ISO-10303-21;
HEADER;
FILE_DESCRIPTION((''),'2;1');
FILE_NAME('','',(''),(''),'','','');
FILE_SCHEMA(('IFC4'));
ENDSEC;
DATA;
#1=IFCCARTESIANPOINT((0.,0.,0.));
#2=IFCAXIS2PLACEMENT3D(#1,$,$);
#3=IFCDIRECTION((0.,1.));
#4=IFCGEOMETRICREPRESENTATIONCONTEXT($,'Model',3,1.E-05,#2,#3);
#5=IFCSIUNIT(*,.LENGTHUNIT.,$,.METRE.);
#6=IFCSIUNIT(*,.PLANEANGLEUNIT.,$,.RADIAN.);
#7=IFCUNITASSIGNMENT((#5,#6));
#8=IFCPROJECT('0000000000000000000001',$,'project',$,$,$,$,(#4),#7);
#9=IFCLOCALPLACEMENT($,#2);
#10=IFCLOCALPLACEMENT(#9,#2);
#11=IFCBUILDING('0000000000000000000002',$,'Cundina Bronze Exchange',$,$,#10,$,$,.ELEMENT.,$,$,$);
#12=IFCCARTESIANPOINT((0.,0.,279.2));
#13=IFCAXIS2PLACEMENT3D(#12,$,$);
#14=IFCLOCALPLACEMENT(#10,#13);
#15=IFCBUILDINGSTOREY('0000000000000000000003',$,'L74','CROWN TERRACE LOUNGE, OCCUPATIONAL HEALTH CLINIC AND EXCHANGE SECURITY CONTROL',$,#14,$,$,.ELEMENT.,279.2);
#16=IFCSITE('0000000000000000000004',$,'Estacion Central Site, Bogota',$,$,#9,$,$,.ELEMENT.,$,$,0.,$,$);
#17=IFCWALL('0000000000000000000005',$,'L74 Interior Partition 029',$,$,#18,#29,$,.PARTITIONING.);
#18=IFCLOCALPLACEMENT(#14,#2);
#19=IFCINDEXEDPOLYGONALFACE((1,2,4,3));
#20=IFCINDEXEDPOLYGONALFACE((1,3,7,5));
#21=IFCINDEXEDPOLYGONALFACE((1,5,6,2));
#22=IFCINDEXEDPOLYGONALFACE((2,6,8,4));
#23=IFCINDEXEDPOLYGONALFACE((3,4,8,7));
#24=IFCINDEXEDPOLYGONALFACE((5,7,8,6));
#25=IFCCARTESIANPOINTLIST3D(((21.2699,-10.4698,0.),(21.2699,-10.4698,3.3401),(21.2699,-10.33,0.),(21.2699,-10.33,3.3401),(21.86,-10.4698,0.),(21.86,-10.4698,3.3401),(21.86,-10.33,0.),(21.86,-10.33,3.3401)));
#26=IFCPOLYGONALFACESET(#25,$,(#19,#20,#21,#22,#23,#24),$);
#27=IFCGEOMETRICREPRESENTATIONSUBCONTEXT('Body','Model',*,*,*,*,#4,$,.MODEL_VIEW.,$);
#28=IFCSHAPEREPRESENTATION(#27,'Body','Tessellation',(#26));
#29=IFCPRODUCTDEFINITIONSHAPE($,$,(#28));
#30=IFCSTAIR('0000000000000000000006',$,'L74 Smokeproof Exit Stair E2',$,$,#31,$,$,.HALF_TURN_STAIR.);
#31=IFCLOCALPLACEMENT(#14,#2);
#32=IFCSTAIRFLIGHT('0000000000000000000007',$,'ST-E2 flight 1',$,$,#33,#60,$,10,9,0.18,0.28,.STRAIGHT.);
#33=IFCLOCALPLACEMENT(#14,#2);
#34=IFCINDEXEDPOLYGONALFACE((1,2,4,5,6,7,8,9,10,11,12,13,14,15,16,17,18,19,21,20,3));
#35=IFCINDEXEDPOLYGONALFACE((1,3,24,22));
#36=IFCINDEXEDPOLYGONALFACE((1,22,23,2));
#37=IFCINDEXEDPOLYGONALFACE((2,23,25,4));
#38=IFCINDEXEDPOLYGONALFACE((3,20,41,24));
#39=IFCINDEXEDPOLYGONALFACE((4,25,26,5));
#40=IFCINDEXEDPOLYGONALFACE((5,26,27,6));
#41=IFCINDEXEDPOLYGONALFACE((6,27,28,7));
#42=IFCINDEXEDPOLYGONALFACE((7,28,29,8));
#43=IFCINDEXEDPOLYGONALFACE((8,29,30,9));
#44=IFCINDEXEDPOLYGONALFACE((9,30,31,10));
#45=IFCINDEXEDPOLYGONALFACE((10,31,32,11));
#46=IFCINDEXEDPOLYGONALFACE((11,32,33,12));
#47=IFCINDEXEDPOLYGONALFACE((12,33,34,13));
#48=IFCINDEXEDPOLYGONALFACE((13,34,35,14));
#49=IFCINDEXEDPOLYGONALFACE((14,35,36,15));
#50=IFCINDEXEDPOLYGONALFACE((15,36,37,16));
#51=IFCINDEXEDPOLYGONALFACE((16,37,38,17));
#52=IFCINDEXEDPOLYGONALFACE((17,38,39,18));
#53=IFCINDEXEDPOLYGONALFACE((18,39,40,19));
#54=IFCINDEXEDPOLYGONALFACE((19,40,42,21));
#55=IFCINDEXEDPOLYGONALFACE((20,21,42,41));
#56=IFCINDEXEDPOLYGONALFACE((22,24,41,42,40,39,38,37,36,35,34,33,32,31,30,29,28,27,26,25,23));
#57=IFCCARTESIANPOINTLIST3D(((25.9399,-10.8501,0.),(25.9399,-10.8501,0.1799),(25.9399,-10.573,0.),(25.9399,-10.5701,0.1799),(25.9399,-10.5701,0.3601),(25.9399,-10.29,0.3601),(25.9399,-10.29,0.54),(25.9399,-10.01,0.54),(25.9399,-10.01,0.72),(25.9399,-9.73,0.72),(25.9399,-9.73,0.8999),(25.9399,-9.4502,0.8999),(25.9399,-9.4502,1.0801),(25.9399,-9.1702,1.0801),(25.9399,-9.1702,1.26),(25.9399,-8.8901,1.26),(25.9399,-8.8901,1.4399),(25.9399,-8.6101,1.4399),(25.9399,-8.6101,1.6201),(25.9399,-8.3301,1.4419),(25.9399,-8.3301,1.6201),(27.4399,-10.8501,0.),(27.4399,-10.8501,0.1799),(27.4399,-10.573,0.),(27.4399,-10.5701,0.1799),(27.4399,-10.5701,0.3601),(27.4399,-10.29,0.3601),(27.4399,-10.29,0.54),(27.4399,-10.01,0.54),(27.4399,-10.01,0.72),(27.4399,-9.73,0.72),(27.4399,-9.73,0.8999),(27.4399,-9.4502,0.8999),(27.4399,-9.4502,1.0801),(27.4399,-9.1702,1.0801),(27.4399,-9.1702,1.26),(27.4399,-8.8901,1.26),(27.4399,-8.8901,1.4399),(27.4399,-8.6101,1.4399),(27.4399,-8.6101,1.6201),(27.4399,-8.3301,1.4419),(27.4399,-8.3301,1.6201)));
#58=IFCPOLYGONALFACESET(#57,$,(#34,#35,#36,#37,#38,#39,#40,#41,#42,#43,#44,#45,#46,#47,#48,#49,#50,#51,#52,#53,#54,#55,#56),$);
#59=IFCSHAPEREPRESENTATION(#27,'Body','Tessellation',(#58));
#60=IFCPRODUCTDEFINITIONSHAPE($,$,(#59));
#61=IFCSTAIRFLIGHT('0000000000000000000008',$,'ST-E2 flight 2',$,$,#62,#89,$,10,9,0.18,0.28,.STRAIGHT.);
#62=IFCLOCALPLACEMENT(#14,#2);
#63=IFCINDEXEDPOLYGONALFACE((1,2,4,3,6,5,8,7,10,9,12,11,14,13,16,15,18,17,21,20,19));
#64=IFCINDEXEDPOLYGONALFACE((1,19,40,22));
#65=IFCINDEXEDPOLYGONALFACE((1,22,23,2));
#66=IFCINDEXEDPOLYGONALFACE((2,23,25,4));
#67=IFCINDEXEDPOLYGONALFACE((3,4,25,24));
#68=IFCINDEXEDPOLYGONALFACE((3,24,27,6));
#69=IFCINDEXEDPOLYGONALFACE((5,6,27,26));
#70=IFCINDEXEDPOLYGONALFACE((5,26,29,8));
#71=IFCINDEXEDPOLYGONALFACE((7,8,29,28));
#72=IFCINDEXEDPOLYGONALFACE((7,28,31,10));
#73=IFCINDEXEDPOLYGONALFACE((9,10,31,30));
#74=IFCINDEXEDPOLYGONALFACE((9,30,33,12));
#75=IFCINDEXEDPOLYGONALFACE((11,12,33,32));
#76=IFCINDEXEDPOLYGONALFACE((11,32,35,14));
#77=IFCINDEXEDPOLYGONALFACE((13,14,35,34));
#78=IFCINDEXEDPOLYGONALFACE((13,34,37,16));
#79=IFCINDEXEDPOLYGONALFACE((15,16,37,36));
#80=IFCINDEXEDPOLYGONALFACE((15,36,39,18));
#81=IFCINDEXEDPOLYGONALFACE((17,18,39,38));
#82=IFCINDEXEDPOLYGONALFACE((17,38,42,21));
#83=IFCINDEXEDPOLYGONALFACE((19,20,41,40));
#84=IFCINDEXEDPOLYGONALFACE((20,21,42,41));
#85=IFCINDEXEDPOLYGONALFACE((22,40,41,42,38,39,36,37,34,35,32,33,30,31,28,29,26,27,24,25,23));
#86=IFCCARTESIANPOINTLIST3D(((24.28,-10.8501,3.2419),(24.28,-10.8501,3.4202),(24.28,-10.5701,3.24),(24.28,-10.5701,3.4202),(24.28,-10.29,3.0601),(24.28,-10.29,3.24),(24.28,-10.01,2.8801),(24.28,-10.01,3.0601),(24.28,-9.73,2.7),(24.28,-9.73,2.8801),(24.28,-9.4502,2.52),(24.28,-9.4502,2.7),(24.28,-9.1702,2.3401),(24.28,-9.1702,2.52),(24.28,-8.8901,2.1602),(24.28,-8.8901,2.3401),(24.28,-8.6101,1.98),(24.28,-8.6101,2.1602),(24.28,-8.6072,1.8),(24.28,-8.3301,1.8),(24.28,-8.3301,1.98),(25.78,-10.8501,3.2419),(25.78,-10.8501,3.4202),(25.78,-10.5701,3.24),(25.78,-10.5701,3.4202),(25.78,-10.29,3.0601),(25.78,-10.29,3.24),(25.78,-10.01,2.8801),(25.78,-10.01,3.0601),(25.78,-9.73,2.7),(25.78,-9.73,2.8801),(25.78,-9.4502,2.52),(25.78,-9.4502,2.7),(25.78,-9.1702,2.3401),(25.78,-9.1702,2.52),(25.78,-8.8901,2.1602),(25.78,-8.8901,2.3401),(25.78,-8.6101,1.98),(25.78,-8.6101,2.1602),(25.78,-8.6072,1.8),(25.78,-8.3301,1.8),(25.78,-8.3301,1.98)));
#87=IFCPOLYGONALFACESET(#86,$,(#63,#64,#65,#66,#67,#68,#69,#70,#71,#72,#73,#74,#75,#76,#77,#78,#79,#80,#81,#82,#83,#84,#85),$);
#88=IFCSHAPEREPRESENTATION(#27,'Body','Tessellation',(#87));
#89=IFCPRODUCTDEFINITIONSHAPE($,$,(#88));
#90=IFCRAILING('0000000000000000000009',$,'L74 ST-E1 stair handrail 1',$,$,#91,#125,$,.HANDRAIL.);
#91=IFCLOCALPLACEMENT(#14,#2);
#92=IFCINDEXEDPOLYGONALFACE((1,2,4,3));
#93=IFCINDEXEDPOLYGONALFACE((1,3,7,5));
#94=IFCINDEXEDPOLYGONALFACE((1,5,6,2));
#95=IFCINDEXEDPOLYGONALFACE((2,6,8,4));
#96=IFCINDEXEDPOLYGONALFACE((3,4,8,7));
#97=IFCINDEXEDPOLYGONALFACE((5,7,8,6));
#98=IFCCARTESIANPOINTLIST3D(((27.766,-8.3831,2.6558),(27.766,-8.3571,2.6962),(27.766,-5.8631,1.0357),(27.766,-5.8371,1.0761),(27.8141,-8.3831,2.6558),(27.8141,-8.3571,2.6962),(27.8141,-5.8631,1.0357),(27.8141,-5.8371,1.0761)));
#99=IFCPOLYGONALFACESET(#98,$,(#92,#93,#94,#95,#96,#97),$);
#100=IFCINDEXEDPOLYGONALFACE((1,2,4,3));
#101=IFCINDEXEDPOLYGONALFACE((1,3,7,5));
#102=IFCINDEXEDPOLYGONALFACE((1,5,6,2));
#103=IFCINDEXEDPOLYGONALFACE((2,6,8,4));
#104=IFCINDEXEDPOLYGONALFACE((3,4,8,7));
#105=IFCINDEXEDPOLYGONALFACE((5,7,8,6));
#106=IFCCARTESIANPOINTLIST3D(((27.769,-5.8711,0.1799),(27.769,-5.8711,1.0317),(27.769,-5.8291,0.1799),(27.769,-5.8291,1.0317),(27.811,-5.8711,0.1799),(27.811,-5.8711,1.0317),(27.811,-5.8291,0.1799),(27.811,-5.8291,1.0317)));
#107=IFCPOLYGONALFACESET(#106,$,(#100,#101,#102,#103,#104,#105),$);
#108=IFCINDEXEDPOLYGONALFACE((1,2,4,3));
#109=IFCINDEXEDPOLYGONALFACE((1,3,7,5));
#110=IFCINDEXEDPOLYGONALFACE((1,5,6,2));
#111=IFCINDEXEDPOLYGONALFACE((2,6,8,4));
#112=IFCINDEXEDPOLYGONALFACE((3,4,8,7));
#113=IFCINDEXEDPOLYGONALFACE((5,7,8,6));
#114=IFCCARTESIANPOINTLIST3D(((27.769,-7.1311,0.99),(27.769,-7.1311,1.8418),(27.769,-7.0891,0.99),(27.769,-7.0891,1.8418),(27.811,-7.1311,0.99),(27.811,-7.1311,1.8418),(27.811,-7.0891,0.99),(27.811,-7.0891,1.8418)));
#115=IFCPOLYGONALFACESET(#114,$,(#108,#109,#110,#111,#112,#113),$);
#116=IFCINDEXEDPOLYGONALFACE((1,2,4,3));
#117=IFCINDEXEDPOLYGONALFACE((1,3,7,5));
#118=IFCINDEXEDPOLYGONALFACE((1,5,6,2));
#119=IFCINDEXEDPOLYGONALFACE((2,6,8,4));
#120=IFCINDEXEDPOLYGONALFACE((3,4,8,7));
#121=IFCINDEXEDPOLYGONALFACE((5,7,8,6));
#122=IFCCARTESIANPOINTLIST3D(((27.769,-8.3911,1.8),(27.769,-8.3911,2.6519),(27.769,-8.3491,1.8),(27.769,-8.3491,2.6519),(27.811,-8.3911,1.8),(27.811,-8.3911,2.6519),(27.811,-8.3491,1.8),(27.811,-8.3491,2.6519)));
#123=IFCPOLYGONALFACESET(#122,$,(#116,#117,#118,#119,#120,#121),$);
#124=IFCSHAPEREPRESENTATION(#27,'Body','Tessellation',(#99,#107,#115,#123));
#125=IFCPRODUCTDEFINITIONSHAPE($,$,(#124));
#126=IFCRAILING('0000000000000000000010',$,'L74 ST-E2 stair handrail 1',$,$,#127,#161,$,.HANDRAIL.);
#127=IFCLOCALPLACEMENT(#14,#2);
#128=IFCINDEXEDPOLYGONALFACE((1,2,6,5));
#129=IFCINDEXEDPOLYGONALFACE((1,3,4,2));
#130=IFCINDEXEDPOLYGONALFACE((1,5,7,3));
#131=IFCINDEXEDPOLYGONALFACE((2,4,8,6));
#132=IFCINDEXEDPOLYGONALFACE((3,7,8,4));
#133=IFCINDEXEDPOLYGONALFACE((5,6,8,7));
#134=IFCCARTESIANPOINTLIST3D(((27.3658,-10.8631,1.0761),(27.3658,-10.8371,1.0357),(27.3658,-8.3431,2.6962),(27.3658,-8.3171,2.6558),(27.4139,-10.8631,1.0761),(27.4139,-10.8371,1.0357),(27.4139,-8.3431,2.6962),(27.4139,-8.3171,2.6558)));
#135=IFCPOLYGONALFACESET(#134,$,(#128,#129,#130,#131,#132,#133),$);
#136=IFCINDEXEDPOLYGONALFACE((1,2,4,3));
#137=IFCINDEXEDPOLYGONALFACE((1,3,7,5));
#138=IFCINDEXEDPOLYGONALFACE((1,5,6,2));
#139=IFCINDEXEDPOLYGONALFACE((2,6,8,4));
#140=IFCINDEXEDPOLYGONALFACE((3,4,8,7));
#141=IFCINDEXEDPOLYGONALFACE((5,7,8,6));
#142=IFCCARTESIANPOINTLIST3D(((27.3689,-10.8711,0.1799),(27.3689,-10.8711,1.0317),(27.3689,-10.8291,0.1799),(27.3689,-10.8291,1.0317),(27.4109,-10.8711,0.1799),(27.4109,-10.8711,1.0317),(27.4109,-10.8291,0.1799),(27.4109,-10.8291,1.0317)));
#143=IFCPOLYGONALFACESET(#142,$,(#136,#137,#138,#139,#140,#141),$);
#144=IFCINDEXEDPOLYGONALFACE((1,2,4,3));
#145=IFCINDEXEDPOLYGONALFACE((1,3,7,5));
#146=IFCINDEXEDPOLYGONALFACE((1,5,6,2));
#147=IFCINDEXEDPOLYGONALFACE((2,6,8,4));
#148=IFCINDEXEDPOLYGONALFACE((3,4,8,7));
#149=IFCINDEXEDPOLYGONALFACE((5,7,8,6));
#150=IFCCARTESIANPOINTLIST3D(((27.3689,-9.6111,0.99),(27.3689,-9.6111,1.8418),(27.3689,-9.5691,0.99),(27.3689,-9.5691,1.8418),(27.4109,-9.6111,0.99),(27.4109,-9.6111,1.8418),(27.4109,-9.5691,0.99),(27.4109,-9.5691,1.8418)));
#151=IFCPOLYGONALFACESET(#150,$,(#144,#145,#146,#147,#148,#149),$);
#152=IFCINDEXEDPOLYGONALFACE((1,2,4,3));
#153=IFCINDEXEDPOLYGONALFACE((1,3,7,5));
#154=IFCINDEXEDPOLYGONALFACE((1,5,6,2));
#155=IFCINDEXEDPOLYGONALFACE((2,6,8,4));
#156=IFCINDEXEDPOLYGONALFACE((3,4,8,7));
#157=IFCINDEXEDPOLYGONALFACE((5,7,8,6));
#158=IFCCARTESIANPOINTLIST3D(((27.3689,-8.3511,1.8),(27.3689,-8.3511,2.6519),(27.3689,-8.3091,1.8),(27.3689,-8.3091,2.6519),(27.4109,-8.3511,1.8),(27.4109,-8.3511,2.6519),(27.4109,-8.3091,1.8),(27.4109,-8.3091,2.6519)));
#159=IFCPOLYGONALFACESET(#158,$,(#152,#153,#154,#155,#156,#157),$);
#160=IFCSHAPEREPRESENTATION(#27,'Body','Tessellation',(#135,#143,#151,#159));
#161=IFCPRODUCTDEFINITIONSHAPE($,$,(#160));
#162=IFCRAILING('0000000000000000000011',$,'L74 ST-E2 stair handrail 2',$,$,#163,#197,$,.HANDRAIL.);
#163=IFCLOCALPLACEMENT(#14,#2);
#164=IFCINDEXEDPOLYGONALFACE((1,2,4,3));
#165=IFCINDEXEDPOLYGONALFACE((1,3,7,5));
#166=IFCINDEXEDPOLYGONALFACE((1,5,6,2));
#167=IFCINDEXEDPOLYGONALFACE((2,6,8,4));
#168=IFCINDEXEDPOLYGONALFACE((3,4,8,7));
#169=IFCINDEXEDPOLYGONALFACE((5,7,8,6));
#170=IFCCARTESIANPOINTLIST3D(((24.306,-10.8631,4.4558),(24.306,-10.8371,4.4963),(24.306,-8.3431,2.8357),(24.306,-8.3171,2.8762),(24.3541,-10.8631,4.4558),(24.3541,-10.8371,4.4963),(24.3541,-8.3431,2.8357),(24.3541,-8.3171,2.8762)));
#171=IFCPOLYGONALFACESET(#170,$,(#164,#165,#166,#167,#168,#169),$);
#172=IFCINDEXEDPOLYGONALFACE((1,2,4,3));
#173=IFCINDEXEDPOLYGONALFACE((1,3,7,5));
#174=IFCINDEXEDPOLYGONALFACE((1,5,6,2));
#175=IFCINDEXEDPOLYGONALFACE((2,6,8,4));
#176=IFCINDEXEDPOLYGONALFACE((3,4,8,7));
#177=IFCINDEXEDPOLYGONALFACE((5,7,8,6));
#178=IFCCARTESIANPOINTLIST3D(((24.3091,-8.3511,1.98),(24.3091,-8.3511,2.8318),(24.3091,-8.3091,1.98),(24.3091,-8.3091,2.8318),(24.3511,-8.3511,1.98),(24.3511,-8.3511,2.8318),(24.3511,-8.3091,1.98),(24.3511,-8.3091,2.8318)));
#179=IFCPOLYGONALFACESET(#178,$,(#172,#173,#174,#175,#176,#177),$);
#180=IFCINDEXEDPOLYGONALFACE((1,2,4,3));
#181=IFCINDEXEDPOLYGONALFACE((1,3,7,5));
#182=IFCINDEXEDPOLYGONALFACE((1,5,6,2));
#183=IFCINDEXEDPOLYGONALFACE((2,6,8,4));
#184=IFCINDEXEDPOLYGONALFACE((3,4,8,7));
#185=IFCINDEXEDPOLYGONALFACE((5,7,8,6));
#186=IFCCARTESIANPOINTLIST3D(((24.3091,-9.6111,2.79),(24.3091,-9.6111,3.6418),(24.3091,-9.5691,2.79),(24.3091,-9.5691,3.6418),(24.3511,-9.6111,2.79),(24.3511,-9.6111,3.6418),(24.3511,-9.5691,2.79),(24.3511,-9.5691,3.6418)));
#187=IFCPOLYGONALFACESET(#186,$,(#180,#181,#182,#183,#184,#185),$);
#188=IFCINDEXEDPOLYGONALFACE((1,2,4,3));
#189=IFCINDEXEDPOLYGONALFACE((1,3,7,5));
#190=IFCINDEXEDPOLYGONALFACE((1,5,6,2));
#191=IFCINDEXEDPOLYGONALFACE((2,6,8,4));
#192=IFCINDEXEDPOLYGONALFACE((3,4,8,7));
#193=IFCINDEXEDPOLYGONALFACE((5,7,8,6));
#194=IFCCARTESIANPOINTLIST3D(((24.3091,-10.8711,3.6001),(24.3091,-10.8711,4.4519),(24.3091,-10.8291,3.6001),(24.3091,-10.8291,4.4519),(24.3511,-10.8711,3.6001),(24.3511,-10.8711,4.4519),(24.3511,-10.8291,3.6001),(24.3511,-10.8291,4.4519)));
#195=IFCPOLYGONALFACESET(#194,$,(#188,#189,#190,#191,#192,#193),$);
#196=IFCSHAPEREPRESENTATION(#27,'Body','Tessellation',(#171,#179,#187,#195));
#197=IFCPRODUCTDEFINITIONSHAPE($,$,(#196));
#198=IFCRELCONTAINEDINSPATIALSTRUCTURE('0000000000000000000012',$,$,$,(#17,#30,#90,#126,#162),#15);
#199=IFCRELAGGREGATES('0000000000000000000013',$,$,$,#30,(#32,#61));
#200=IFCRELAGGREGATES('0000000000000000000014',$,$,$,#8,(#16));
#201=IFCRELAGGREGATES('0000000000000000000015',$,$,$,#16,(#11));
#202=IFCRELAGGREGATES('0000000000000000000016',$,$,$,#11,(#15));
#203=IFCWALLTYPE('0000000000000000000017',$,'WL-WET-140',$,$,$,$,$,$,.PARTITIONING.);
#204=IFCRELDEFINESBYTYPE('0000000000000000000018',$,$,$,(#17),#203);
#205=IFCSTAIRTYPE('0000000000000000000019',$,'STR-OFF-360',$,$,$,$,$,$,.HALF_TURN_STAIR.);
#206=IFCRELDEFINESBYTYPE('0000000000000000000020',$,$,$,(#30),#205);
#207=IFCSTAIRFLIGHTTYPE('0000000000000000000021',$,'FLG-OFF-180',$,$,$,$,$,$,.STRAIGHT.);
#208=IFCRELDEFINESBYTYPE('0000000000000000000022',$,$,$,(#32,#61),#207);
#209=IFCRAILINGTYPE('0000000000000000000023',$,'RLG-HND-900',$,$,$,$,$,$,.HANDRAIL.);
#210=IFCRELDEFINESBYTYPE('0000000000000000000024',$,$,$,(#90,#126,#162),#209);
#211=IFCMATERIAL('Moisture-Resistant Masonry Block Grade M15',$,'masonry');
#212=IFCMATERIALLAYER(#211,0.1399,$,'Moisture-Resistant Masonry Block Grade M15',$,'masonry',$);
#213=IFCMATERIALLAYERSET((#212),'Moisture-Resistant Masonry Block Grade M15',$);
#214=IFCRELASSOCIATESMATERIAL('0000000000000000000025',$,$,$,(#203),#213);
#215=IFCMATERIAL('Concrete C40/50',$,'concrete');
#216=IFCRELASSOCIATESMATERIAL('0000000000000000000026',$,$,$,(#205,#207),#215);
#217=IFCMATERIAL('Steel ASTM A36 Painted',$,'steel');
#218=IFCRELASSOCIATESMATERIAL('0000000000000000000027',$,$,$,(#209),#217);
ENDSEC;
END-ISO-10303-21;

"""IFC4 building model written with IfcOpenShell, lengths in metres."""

from ifc_helpers import new_model, si_unit, direction, frame, frame_2d, origin, origin_2d, place, context, subcontext, project, spatial, polyline, rectangle, outline, extrude, material, layer, layer_set, type_object, element, aggregate, save


model = new_model("IFC4")

# Units and contexts
model_context = context("Model", 3, precision=1e-05, world=origin(), true_north=direction((0.0, 1.0)))
body_context = subcontext(model_context, "Body", "Model", "MODEL_VIEW")
ifc_project = project(units=[si_unit("LENGTHUNIT", "METRE"), si_unit("PLANEANGLEUNIT", "RADIAN")], contexts=[model_context])

# Site, building, storey
site_placement = place(None, origin())
site = spatial("IfcSite", under=ifc_project, at=site_placement, Name="Estacion Central Site, Bogota", CompositionType="ELEMENT", RefElevation=0.0)
building_placement = place(site_placement, origin())
building = spatial("IfcBuilding", under=site, at=building_placement, Name="Cundina Bronze Exchange", CompositionType="ELEMENT")
storey_placement = place(building_placement, frame((0.0, 0.0, 279.2)))
storey = spatial("IfcBuildingStorey", under=building, at=storey_placement, Name="L74", Description="CROWN TERRACE LOUNGE, OCCUPATIONAL HEALTH CLINIC AND EXCHANGE SECURITY CONTROL", CompositionType="ELEMENT", Elevation=279.2)

# Shared definitions
ifc_material_1 = material(Name="Steel ASTM A36 Painted", Category="steel")

# Wall
ifc_material_2 = material(Name="Moisture-Resistant Masonry Block Grade M15", Category="masonry")
ifc_layer_1 = layer(ifc_material_2, 0.1399, Name="Moisture-Resistant Masonry Block Grade M15", Category="masonry")
ifc_layer_set_1 = layer_set([ifc_layer_1], Name="Moisture-Resistant Masonry Block Grade M15")
wall_type_1 = type_object("IfcWallType", Name="WL-WET-140", PredefinedType="PARTITIONING", material=ifc_layer_set_1)
wall_1_placement = place(storey_placement, frame((21.27, -10.3999, 0.0), z_axis=(0.0, 0.0, 1.0), x_axis=(1.0, 0.0, 0.0)))
element("IfcWall", 1, at=wall_1_placement, inside=storey, type_object=wall_type_1, Name="L74 Interior Partition 029", PredefinedType="PARTITIONING", context=body_context, shape_type="SweptSolid", body=[
    extrude(rectangle(XDim=0.5901, YDim=0.1399, at=frame_2d((0.2949, 0.0))), origin(), (0.0, 0.0, 1.0), 3.3401),
])

# Stair, stair flights
ifc_material_3 = material(Name="Concrete C40/50", Category="concrete")
stair_type = type_object("IfcStairType", Name="STR-OFF-360", PredefinedType="HALF_TURN_STAIR", material=ifc_material_3)
stair_placement = place(storey_placement, origin())
stair = element("IfcStair", 2, at=stair_placement, inside=storey, type_object=stair_type, Name="L74 Smokeproof Exit Stair E2", PredefinedType="HALF_TURN_STAIR")
stair_flight_type = type_object("IfcStairFlightType", Name="FLG-OFF-180", PredefinedType="STRAIGHT", material=ifc_material_3)
stair_flight_1_placement = place(storey_placement, frame((26.6899, -10.8501, 0.0), z_axis=(0.0, 0.0, 1.0), x_axis=(0.0, 1.0, 0.0)))
stair_flight_1 = element("IfcStairFlight", 3, at=stair_flight_1_placement, type_object=stair_flight_type, Name="ST-E2 flight 1", NumberOfRisers=10, NumberOfTreads=9, PredefinedType="STRAIGHT", RiserHeight=0.18, TreadLength=0.28, context=body_context, shape_type="SweptSolid", body=[
    extrude(outline(polyline([(0.0, 0.0), (0.0, 0.1799), (0.28, 0.1799), (0.28, 0.3601), (0.5601, 0.3601), (0.5601, 0.54), (0.8401, 0.54), (0.8401, 0.72), (1.1201, 0.72), (1.1201, 0.8999), (1.3999, 0.8999), (1.3999, 1.0801), (1.6799, 1.0801), (1.6799, 1.26), (1.96, 1.26), (1.96, 1.4399), (2.24, 1.4399), (2.24, 1.6201), (2.52, 1.6201), (2.52, 1.8), (2.52, 1.4419), (0.2771, 0.0), (0.0, 0.0)])), frame((0.0, 0.75, 0.0), z_axis=(0.0, -1.0, 0.0), x_axis=(1.0, 0.0, 0.0)), (0.0, 0.0, 1.0), 1.5),
])
stair_flight_2_placement = place(storey_placement, frame((25.03, -8.3301, 1.8), z_axis=(0.0, 0.0, 1.0), x_axis=(0.0, -1.0, 0.0)))
stair_flight_2 = element("IfcStairFlight", 4, at=stair_flight_2_placement, type_object=stair_flight_type, Name="ST-E2 flight 2", NumberOfRisers=10, NumberOfTreads=9, PredefinedType="STRAIGHT", RiserHeight=0.18, TreadLength=0.28, context=body_context, shape_type="SweptSolid", body=[
    extrude(outline(polyline([(0.0, 0.0), (0.0, 0.1799), (0.28, 0.1799), (0.28, 0.3601), (0.5601, 0.3601), (0.5601, 0.54), (0.8401, 0.54), (0.8401, 0.72), (1.1201, 0.72), (1.1201, 0.8999), (1.3999, 0.8999), (1.3999, 1.0801), (1.6799, 1.0801), (1.6799, 1.26), (1.96, 1.26), (1.96, 1.4399), (2.24, 1.4399), (2.24, 1.6201), (2.52, 1.6201), (2.52, 1.8), (2.52, 1.4419), (0.2771, 0.0), (0.0, 0.0)])), frame((0.0, 0.75, 0.0), z_axis=(0.0, -1.0, 0.0), x_axis=(1.0, 0.0, 0.0)), (0.0, 0.0, 1.0), 1.5),
])
aggregate(stair, [stair_flight_1, stair_flight_2])

# Railings
railing_type_1 = type_object("IfcRailingType", Name="RLG-HND-900", PredefinedType="HANDRAIL", material=ifc_material_1)
railing_1_placement = place(storey_placement, frame((27.79, -5.8501, 0.1799)))
element("IfcRailing", 5, at=railing_1_placement, inside=storey, type_object=railing_type_1, Name="L74 ST-E1 stair handrail 1", PredefinedType="HANDRAIL", context=body_context, shape_type="SweptSolid", body=[
    extrude(rectangle(XDim=0.0481, YDim=0.0481, at=origin_2d()), frame((0.0, 0.0, 0.876), z_axis=(0.0, -0.841163, 0.540782), x_axis=(1.0, 0.0, 0.0)), (0.0, 0.0, 1.0), 2.9958),
    extrude(rectangle(XDim=0.042, YDim=0.042, at=origin_2d()), origin(), (0.0, 0.0, 1.0), 0.8518),
    extrude(rectangle(XDim=0.042, YDim=0.042, at=origin_2d()), frame((0.0, -1.26, 0.8101)), (0.0, 0.0, 1.0), 0.8518),
    extrude(rectangle(XDim=0.042, YDim=0.042, at=origin_2d()), frame((0.0, -2.52, 1.6201)), (0.0, 0.0, 1.0), 0.8518),
])
railing_2_placement = place(storey_placement, frame((27.3899, -10.8501, 0.1799)))
element("IfcRailing", 6, at=railing_2_placement, inside=storey, type_object=railing_type_1, Name="L74 ST-E2 stair handrail 1", PredefinedType="HANDRAIL", context=body_context, shape_type="SweptSolid", body=[
    extrude(rectangle(XDim=0.0481, YDim=0.0481, at=origin_2d()), frame((0.0, 0.0, 0.876), z_axis=(0.0, 0.841163, 0.540782), x_axis=(-1.0, 0.0, 0.0)), (0.0, 0.0, 1.0), 2.9958),
    extrude(rectangle(XDim=0.042, YDim=0.042, at=origin_2d()), origin(), (0.0, 0.0, 1.0), 0.8518),
    extrude(rectangle(XDim=0.042, YDim=0.042, at=origin_2d()), frame((0.0, 1.26, 0.8101)), (0.0, 0.0, 1.0), 0.8518),
    extrude(rectangle(XDim=0.042, YDim=0.042, at=origin_2d()), frame((0.0, 2.52, 1.6201)), (0.0, 0.0, 1.0), 0.8518),
])
railing_3_placement = place(storey_placement, frame((24.3301, -8.3301, 1.98)))
element("IfcRailing", 7, at=railing_3_placement, inside=storey, type_object=railing_type_1, Name="L74 ST-E2 stair handrail 2", PredefinedType="HANDRAIL", context=body_context, shape_type="SweptSolid", body=[
    extrude(rectangle(XDim=0.0481, YDim=0.0481, at=origin_2d()), frame((0.0, 0.0, 0.876), z_axis=(0.0, -0.841163, 0.540782), x_axis=(1.0, 0.0, 0.0)), (0.0, 0.0, 1.0), 2.9958),
    extrude(rectangle(XDim=0.042, YDim=0.042, at=origin_2d()), origin(), (0.0, 0.0, 1.0), 0.8518),
    extrude(rectangle(XDim=0.042, YDim=0.042, at=origin_2d()), frame((0.0, -1.26, 0.8101)), (0.0, 0.0, 1.0), 0.8518),
    extrude(rectangle(XDim=0.042, YDim=0.042, at=origin_2d()), frame((0.0, -2.52, 1.6201)), (0.0, 0.0, 1.0), 0.8518),
])

save(model, "model.ifc")
